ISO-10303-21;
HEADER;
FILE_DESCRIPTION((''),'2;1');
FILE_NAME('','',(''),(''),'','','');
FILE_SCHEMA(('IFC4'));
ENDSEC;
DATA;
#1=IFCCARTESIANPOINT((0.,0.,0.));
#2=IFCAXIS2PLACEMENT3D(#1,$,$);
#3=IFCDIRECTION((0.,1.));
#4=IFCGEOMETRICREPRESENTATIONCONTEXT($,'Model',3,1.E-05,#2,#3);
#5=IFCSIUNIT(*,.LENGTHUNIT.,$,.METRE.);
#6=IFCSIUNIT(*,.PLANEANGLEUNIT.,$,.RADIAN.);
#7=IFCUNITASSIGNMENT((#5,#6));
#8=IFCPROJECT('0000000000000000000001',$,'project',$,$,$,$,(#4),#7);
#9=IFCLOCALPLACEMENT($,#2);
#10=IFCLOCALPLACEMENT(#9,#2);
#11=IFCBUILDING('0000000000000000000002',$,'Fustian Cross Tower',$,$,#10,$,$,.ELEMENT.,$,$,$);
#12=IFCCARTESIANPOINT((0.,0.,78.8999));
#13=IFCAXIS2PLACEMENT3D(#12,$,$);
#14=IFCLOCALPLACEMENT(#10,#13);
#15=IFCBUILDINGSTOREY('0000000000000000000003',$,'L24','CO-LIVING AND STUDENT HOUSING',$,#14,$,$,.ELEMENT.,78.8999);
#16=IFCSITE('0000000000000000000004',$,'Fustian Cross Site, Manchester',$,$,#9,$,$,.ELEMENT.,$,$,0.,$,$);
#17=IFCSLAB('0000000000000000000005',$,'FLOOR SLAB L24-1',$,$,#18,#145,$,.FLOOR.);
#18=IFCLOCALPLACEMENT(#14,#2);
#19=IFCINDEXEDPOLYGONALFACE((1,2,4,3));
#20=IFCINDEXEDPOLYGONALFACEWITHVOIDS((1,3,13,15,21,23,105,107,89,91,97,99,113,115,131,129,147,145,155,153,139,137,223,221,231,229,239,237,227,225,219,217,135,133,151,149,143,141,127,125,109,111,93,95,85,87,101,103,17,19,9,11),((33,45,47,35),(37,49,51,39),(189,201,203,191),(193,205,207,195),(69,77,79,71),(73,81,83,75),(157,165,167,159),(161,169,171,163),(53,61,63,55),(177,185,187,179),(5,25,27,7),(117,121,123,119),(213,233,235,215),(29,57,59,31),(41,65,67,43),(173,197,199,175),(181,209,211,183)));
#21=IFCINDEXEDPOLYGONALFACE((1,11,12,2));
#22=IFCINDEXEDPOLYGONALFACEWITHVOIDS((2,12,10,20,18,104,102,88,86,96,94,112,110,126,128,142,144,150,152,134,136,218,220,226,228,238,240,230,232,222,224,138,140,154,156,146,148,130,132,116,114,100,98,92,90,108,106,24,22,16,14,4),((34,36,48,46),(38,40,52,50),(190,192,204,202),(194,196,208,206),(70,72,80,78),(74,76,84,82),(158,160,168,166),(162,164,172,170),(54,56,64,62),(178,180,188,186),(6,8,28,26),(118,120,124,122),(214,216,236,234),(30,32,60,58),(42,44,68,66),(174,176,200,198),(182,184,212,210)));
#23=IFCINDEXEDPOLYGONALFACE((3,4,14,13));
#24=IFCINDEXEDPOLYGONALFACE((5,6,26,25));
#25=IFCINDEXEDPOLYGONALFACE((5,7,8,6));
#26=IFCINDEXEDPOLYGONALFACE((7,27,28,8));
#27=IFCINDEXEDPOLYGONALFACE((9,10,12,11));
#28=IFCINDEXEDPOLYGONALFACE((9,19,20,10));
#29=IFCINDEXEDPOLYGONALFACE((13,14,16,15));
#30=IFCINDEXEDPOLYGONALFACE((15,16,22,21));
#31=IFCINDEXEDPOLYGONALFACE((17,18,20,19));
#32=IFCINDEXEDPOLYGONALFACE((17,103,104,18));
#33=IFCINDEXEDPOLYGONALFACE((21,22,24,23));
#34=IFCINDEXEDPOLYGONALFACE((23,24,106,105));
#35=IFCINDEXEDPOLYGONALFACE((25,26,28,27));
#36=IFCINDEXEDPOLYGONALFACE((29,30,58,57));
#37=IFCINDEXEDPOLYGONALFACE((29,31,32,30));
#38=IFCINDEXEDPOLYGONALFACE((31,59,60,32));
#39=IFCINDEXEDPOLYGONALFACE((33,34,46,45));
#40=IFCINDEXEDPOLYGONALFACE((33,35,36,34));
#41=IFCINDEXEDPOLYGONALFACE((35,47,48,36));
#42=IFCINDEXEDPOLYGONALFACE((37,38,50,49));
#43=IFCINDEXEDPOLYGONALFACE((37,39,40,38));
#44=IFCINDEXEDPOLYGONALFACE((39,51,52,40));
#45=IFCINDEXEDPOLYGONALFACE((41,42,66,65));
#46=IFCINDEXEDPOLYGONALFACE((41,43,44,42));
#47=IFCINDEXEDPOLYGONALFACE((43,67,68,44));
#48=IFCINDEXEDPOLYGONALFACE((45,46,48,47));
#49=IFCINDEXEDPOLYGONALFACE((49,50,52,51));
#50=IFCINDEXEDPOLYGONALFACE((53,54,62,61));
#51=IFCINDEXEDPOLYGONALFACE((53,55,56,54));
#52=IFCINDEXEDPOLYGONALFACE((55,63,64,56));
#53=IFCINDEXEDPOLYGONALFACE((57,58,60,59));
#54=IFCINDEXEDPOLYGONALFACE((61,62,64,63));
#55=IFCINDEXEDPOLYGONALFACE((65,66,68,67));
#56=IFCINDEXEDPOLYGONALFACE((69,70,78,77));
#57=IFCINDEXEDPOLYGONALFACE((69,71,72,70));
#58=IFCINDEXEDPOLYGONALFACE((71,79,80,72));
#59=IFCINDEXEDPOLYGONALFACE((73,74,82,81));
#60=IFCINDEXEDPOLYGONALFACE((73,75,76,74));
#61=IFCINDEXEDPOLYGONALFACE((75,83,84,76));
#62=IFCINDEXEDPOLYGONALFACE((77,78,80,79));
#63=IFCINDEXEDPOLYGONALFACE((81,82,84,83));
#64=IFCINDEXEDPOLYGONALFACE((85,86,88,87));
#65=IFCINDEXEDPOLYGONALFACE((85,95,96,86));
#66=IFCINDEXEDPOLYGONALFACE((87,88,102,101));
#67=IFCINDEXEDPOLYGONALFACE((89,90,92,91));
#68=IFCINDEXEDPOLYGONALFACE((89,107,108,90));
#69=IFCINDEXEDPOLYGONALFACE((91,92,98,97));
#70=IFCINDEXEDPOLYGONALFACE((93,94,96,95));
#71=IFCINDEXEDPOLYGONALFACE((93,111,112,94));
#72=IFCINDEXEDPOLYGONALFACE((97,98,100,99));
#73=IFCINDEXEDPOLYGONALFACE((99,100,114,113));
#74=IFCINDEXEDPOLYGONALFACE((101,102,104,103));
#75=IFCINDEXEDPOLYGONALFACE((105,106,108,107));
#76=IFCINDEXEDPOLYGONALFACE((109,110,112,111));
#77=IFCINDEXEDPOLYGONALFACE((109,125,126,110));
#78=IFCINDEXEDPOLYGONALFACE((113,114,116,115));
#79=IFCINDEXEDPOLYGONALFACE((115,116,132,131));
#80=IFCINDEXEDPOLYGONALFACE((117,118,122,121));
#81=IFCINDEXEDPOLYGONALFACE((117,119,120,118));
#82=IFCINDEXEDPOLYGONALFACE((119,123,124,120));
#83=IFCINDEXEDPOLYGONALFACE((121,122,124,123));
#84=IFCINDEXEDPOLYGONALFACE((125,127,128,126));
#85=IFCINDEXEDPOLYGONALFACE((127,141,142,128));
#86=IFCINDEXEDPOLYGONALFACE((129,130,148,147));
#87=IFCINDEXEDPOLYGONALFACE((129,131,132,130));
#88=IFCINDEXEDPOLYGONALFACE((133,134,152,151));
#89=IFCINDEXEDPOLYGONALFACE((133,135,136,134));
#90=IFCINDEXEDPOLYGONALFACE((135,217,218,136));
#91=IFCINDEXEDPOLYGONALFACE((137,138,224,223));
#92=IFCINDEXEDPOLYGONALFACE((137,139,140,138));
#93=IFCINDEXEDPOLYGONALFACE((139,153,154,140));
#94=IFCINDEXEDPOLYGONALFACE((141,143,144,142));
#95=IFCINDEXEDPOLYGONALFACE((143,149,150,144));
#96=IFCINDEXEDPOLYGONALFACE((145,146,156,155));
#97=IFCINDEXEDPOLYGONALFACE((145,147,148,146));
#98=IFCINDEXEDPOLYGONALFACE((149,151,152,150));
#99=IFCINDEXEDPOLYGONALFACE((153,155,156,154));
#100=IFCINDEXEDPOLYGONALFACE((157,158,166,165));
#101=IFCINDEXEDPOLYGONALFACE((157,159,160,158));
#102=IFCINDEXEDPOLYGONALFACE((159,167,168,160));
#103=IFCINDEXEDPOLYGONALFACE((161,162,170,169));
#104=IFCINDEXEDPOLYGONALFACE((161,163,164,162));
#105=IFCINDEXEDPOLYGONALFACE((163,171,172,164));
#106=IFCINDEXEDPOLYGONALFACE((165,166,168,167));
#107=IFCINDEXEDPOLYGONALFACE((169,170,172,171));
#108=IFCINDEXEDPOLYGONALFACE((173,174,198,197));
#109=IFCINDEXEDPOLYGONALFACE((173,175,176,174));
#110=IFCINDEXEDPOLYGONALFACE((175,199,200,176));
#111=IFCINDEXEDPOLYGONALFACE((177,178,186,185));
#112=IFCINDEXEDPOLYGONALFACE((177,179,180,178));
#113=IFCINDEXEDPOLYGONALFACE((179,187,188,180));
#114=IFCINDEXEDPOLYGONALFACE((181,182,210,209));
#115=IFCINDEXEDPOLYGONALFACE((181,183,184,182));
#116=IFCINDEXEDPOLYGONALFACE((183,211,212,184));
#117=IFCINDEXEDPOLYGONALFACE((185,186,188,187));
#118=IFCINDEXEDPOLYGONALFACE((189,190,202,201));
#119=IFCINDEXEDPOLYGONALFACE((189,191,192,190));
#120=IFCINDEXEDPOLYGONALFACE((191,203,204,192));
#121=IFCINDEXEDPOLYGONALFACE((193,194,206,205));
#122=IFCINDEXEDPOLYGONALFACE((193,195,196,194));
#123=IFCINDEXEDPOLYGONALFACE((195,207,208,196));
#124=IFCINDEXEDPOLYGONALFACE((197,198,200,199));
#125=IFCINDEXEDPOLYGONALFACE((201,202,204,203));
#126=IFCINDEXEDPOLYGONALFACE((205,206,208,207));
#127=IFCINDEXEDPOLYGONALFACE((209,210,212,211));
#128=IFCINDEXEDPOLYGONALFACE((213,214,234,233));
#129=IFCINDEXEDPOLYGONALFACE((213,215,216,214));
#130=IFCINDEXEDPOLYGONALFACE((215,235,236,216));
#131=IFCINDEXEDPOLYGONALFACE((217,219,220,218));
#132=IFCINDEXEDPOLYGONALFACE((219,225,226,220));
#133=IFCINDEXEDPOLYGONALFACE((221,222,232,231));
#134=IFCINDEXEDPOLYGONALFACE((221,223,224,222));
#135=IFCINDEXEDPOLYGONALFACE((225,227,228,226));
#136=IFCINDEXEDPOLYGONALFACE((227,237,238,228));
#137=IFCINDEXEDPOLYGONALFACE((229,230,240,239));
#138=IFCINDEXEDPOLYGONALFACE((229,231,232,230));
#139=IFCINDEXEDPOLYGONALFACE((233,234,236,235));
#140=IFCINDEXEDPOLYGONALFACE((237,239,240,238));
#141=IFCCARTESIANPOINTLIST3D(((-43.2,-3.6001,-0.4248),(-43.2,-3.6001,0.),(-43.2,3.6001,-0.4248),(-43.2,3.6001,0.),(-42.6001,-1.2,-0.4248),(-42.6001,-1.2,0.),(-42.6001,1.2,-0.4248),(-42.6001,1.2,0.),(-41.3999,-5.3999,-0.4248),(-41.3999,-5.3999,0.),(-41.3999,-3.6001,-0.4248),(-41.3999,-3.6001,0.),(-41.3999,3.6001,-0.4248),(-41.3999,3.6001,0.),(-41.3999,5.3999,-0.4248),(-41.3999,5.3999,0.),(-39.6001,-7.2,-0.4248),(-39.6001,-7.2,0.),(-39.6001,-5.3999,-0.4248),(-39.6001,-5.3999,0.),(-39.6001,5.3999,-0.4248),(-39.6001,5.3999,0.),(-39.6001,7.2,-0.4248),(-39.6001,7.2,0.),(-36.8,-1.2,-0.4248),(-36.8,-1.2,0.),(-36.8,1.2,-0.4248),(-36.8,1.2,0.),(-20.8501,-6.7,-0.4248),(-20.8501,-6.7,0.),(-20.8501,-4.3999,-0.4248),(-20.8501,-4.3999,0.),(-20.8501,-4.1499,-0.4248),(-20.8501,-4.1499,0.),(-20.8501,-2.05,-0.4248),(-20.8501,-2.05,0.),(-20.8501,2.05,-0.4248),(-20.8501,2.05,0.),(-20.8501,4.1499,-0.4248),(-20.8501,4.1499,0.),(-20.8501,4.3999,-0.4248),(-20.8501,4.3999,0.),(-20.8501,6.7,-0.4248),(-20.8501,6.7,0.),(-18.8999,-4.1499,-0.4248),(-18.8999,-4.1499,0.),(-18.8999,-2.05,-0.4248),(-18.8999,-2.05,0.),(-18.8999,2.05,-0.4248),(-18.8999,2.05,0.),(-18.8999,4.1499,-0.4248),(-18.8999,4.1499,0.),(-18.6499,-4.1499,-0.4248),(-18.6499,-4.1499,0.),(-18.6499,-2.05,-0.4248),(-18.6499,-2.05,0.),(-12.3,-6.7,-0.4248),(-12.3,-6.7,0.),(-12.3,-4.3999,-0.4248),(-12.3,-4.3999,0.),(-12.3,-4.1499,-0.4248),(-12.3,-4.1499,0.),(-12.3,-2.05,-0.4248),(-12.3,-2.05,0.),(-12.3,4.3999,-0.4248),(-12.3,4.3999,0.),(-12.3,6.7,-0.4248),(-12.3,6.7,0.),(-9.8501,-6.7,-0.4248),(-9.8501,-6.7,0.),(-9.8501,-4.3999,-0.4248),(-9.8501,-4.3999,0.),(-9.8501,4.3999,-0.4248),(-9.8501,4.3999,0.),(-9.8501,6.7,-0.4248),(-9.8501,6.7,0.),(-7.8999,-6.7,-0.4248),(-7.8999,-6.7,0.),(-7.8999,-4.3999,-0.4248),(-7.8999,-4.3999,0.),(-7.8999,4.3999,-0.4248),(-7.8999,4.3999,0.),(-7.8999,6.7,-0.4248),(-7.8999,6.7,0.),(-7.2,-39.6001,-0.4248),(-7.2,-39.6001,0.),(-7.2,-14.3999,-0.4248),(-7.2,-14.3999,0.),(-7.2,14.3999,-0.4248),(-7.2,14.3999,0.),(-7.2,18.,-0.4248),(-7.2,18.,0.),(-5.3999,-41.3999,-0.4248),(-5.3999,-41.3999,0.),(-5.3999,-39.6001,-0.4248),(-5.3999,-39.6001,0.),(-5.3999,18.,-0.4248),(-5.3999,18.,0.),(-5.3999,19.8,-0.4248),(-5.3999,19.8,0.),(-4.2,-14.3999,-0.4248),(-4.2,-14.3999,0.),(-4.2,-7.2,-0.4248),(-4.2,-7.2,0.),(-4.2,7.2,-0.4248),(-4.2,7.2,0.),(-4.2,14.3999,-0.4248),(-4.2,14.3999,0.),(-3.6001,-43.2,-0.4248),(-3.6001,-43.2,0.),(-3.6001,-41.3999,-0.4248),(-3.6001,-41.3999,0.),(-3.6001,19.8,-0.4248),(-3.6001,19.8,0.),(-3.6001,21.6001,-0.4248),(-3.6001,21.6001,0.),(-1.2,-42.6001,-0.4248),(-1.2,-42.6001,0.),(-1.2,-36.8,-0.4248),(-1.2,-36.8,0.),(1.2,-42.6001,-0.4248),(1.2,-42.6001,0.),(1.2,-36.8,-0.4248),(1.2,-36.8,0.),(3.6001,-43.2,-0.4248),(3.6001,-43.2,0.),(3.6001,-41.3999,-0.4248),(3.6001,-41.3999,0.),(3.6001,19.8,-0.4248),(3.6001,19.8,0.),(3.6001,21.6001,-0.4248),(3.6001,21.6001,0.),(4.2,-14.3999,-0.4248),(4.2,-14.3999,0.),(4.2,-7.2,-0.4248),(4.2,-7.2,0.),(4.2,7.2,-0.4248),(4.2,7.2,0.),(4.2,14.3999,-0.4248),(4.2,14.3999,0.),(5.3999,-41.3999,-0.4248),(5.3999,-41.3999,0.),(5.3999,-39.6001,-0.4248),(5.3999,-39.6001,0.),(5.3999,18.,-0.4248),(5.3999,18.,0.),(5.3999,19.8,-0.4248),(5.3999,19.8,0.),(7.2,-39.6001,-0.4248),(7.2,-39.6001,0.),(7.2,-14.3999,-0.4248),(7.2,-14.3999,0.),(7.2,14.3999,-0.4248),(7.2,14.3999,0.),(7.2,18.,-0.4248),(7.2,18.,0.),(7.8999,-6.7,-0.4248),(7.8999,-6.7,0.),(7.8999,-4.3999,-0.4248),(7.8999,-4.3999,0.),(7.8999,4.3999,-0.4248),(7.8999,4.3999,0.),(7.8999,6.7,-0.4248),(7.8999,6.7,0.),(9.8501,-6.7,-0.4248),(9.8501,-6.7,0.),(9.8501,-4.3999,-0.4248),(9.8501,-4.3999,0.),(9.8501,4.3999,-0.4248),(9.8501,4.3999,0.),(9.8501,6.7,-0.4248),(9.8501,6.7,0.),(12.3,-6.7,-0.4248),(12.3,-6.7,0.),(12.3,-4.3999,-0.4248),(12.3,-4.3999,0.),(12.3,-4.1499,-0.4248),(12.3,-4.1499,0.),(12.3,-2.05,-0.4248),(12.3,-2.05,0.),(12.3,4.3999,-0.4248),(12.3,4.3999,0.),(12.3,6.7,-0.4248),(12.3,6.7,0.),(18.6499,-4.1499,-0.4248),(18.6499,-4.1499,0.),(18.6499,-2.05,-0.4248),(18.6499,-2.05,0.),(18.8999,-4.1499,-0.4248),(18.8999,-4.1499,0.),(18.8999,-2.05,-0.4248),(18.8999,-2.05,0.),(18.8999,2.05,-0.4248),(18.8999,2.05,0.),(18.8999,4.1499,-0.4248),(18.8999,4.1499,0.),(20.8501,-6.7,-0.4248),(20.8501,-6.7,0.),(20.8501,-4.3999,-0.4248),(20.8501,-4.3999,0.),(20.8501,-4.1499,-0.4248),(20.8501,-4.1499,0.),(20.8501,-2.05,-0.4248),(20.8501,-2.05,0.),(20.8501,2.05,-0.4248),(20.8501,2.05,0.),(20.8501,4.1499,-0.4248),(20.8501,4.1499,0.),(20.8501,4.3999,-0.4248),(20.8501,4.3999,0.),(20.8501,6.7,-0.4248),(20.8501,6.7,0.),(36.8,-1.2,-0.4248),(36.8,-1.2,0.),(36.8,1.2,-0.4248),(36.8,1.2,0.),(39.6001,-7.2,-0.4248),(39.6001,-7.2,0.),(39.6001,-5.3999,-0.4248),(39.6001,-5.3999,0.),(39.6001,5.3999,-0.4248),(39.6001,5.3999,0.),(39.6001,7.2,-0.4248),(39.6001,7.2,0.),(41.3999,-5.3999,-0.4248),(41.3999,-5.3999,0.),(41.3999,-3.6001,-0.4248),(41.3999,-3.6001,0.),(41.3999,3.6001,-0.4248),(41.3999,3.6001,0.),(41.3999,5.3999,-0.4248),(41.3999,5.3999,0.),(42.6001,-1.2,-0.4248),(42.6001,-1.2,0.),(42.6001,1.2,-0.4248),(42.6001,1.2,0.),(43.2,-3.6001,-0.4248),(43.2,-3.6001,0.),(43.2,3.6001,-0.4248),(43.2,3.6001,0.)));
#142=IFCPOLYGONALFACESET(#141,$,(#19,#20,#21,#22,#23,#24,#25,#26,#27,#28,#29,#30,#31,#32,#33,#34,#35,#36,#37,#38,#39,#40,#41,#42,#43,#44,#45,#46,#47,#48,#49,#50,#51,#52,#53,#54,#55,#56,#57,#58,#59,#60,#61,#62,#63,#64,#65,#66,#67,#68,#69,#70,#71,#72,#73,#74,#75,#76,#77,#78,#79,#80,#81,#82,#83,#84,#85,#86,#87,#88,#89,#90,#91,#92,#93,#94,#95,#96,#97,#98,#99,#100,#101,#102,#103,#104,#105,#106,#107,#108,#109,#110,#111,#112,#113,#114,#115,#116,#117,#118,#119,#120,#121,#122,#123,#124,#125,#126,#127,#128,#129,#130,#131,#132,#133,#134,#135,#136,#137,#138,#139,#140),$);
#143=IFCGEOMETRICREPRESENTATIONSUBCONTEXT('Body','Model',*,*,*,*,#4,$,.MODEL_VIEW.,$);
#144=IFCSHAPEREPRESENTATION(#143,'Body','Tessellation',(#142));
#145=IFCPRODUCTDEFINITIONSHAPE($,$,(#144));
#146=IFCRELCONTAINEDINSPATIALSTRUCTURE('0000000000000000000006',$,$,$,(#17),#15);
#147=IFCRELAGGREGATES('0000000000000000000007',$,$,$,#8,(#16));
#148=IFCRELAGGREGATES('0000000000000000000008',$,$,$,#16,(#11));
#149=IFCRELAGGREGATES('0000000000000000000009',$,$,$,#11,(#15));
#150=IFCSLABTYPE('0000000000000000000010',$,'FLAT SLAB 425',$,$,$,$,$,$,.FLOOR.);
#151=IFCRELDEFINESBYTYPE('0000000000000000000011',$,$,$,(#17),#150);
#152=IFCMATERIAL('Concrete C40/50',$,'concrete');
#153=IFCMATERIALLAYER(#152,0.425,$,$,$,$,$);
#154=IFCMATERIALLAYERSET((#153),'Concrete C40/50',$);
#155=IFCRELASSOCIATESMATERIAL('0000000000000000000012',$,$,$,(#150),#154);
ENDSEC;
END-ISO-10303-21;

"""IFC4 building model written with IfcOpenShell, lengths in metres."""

from ifc_helpers import new_model, si_unit, direction, frame, origin, place, context, subcontext, project, spatial, polyline, outline, extrude, material, layer, layer_set, type_object, element, save


model = new_model("IFC4")

# Units and contexts
model_context = context("Model", 3, precision=1e-05, world=origin(), true_north=direction((0.0, 1.0)))
body_context = subcontext(model_context, "Body", "Model", "MODEL_VIEW")
ifc_project = project(units=[si_unit("LENGTHUNIT", "METRE"), si_unit("PLANEANGLEUNIT", "RADIAN")], contexts=[model_context])

# Site, building, storey
site_placement = place(None, origin())
site = spatial("IfcSite", under=ifc_project, at=site_placement, Name="Fustian Cross Site, Manchester", CompositionType="ELEMENT", RefElevation=0.0)
building_placement = place(site_placement, origin())
building = spatial("IfcBuilding", under=site, at=building_placement, Name="Fustian Cross Tower", CompositionType="ELEMENT")
storey_placement = place(building_placement, frame((0.0, 0.0, 78.8999)))
storey = spatial("IfcBuildingStorey", under=building, at=storey_placement, Name="L24", Description="CO-LIVING AND STUDENT HOUSING", CompositionType="ELEMENT", Elevation=78.8999)

# Slab
ifc_material_1 = material(Name="Concrete C40/50", Category="concrete")
ifc_layer_1 = layer(ifc_material_1, 0.425)
ifc_layer_set_1 = layer_set([ifc_layer_1], Name="Concrete C40/50")
slab_type_1 = type_object("IfcSlabType", Name="FLAT SLAB 425", PredefinedType="FLOOR", material=ifc_layer_set_1)
slab_1_placement = place(storey_placement, frame((0.0, 0.0, -0.4248)))
element("IfcSlab", 1, at=slab_1_placement, inside=storey, type_object=slab_type_1, Name="FLOOR SLAB L24-1", PredefinedType="FLOOR", context=body_context, shape_type="SweptSolid", body=[
    extrude(outline(polyline([(-4.2, -7.2), (-39.6001, -7.2), (-39.6001, -5.3999), (-41.3999, -5.3999), (-41.3999, -3.6001), (-43.2, -3.6001), (-43.2, 3.6001), (-41.3999, 3.6001), (-41.3999, 5.3999), (-39.6001, 5.3999), (-39.6001, 7.2), (-4.2, 7.2), (-4.2, 14.3999), (-7.2, 14.3999), (-7.2, 18.0), (-5.3999, 18.0), (-5.3999, 19.8), (-3.6001, 19.8), (-3.6001, 21.6001), (3.6001, 21.6001), (3.6001, 19.8), (5.3999, 19.8), (5.3999, 18.0), (7.2, 18.0), (7.2, 14.3999), (4.2, 14.3999), (4.2, 7.2), (39.6001, 7.2), (39.6001, 5.3999), (41.3999, 5.3999), (41.3999, 3.6001), (43.2, 3.6001), (43.2, -3.6001), (41.3999, -3.6001), (41.3999, -5.3999), (39.6001, -5.3999), (39.6001, -7.2), (4.2, -7.2), (4.2, -14.3999), (7.2, -14.3999), (7.2, -39.6001), (5.3999, -39.6001), (5.3999, -41.3999), (3.6001, -41.3999), (3.6001, -43.2), (-3.6001, -43.2), (-3.6001, -41.3999), (-5.3999, -41.3999), (-5.3999, -39.6001), (-7.2, -39.6001), (-7.2, -14.3999), (-4.2, -14.3999), (-4.2, -7.2)]), holes=[polyline([(20.8501, -2.05), (18.8999, -2.05), (18.8999, -4.1499), (20.8501, -4.1499), (20.8501, -2.05)]), polyline([(20.8501, 2.05), (20.8501, 4.1499), (18.8999, 4.1499), (18.8999, 2.05), (20.8501, 2.05)]), polyline([(7.8999, 4.3999), (9.8501, 4.3999), (9.8501, 6.7), (7.8999, 6.7), (7.8999, 4.3999)]), polyline([(7.8999, -4.3999), (7.8999, -6.7), (9.8501, -6.7), (9.8501, -4.3999), (7.8999, -4.3999)]), polyline([(-18.8999, -2.05), (-20.8501, -2.05), (-20.8501, -4.1499), (-18.8999, -4.1499), (-18.8999, -2.05)]), polyline([(-18.8999, 2.05), (-18.8999, 4.1499), (-20.8501, 4.1499), (-20.8501, 2.05), (-18.8999, 2.05)]), polyline([(-9.8501, 4.3999), (-7.8999, 4.3999), (-7.8999, 6.7), (-9.8501, 6.7), (-9.8501, 4.3999)]), polyline([(-9.8501, -4.3999), (-9.8501, -6.7), (-7.8999, -6.7), (-7.8999, -4.3999), (-9.8501, -4.3999)]), polyline([(18.6499, -2.05), (12.3, -2.05), (12.3, -4.1499), (18.6499, -4.1499), (18.6499, -2.05)]), polyline([(-12.3, -4.1499), (-12.3, -2.05), (-18.6499, -2.05), (-18.6499, -4.1499), (-12.3, -4.1499)]), polyline([(12.3, 4.3999), (20.8501, 4.3999), (20.8501, 6.7), (12.3, 6.7), (12.3, 4.3999)]), polyline([(12.3, -4.3999), (12.3, -6.7), (20.8501, -6.7), (20.8501, -4.3999), (12.3, -4.3999)]), polyline([(-12.3, 6.7), (-20.8501, 6.7), (-20.8501, 4.3999), (-12.3, 4.3999), (-12.3, 6.7)]), polyline([(-12.3, -6.7), (-12.3, -4.3999), (-20.8501, -4.3999), (-20.8501, -6.7), (-12.3, -6.7)]), polyline([(-1.2, -42.6001), (1.2, -42.6001), (1.2, -36.8), (-1.2, -36.8), (-1.2, -42.6001)]), polyline([(36.8, 1.2), (36.8, -1.2), (42.6001, -1.2), (42.6001, 1.2), (36.8, 1.2)]), polyline([(-36.8, 1.2), (-42.6001, 1.2), (-42.6001, -1.2), (-36.8, -1.2), (-36.8, 1.2)])]), origin(), (0.0, 0.0, 1.0), 0.4248),
])

save(model, "model.ifc")
